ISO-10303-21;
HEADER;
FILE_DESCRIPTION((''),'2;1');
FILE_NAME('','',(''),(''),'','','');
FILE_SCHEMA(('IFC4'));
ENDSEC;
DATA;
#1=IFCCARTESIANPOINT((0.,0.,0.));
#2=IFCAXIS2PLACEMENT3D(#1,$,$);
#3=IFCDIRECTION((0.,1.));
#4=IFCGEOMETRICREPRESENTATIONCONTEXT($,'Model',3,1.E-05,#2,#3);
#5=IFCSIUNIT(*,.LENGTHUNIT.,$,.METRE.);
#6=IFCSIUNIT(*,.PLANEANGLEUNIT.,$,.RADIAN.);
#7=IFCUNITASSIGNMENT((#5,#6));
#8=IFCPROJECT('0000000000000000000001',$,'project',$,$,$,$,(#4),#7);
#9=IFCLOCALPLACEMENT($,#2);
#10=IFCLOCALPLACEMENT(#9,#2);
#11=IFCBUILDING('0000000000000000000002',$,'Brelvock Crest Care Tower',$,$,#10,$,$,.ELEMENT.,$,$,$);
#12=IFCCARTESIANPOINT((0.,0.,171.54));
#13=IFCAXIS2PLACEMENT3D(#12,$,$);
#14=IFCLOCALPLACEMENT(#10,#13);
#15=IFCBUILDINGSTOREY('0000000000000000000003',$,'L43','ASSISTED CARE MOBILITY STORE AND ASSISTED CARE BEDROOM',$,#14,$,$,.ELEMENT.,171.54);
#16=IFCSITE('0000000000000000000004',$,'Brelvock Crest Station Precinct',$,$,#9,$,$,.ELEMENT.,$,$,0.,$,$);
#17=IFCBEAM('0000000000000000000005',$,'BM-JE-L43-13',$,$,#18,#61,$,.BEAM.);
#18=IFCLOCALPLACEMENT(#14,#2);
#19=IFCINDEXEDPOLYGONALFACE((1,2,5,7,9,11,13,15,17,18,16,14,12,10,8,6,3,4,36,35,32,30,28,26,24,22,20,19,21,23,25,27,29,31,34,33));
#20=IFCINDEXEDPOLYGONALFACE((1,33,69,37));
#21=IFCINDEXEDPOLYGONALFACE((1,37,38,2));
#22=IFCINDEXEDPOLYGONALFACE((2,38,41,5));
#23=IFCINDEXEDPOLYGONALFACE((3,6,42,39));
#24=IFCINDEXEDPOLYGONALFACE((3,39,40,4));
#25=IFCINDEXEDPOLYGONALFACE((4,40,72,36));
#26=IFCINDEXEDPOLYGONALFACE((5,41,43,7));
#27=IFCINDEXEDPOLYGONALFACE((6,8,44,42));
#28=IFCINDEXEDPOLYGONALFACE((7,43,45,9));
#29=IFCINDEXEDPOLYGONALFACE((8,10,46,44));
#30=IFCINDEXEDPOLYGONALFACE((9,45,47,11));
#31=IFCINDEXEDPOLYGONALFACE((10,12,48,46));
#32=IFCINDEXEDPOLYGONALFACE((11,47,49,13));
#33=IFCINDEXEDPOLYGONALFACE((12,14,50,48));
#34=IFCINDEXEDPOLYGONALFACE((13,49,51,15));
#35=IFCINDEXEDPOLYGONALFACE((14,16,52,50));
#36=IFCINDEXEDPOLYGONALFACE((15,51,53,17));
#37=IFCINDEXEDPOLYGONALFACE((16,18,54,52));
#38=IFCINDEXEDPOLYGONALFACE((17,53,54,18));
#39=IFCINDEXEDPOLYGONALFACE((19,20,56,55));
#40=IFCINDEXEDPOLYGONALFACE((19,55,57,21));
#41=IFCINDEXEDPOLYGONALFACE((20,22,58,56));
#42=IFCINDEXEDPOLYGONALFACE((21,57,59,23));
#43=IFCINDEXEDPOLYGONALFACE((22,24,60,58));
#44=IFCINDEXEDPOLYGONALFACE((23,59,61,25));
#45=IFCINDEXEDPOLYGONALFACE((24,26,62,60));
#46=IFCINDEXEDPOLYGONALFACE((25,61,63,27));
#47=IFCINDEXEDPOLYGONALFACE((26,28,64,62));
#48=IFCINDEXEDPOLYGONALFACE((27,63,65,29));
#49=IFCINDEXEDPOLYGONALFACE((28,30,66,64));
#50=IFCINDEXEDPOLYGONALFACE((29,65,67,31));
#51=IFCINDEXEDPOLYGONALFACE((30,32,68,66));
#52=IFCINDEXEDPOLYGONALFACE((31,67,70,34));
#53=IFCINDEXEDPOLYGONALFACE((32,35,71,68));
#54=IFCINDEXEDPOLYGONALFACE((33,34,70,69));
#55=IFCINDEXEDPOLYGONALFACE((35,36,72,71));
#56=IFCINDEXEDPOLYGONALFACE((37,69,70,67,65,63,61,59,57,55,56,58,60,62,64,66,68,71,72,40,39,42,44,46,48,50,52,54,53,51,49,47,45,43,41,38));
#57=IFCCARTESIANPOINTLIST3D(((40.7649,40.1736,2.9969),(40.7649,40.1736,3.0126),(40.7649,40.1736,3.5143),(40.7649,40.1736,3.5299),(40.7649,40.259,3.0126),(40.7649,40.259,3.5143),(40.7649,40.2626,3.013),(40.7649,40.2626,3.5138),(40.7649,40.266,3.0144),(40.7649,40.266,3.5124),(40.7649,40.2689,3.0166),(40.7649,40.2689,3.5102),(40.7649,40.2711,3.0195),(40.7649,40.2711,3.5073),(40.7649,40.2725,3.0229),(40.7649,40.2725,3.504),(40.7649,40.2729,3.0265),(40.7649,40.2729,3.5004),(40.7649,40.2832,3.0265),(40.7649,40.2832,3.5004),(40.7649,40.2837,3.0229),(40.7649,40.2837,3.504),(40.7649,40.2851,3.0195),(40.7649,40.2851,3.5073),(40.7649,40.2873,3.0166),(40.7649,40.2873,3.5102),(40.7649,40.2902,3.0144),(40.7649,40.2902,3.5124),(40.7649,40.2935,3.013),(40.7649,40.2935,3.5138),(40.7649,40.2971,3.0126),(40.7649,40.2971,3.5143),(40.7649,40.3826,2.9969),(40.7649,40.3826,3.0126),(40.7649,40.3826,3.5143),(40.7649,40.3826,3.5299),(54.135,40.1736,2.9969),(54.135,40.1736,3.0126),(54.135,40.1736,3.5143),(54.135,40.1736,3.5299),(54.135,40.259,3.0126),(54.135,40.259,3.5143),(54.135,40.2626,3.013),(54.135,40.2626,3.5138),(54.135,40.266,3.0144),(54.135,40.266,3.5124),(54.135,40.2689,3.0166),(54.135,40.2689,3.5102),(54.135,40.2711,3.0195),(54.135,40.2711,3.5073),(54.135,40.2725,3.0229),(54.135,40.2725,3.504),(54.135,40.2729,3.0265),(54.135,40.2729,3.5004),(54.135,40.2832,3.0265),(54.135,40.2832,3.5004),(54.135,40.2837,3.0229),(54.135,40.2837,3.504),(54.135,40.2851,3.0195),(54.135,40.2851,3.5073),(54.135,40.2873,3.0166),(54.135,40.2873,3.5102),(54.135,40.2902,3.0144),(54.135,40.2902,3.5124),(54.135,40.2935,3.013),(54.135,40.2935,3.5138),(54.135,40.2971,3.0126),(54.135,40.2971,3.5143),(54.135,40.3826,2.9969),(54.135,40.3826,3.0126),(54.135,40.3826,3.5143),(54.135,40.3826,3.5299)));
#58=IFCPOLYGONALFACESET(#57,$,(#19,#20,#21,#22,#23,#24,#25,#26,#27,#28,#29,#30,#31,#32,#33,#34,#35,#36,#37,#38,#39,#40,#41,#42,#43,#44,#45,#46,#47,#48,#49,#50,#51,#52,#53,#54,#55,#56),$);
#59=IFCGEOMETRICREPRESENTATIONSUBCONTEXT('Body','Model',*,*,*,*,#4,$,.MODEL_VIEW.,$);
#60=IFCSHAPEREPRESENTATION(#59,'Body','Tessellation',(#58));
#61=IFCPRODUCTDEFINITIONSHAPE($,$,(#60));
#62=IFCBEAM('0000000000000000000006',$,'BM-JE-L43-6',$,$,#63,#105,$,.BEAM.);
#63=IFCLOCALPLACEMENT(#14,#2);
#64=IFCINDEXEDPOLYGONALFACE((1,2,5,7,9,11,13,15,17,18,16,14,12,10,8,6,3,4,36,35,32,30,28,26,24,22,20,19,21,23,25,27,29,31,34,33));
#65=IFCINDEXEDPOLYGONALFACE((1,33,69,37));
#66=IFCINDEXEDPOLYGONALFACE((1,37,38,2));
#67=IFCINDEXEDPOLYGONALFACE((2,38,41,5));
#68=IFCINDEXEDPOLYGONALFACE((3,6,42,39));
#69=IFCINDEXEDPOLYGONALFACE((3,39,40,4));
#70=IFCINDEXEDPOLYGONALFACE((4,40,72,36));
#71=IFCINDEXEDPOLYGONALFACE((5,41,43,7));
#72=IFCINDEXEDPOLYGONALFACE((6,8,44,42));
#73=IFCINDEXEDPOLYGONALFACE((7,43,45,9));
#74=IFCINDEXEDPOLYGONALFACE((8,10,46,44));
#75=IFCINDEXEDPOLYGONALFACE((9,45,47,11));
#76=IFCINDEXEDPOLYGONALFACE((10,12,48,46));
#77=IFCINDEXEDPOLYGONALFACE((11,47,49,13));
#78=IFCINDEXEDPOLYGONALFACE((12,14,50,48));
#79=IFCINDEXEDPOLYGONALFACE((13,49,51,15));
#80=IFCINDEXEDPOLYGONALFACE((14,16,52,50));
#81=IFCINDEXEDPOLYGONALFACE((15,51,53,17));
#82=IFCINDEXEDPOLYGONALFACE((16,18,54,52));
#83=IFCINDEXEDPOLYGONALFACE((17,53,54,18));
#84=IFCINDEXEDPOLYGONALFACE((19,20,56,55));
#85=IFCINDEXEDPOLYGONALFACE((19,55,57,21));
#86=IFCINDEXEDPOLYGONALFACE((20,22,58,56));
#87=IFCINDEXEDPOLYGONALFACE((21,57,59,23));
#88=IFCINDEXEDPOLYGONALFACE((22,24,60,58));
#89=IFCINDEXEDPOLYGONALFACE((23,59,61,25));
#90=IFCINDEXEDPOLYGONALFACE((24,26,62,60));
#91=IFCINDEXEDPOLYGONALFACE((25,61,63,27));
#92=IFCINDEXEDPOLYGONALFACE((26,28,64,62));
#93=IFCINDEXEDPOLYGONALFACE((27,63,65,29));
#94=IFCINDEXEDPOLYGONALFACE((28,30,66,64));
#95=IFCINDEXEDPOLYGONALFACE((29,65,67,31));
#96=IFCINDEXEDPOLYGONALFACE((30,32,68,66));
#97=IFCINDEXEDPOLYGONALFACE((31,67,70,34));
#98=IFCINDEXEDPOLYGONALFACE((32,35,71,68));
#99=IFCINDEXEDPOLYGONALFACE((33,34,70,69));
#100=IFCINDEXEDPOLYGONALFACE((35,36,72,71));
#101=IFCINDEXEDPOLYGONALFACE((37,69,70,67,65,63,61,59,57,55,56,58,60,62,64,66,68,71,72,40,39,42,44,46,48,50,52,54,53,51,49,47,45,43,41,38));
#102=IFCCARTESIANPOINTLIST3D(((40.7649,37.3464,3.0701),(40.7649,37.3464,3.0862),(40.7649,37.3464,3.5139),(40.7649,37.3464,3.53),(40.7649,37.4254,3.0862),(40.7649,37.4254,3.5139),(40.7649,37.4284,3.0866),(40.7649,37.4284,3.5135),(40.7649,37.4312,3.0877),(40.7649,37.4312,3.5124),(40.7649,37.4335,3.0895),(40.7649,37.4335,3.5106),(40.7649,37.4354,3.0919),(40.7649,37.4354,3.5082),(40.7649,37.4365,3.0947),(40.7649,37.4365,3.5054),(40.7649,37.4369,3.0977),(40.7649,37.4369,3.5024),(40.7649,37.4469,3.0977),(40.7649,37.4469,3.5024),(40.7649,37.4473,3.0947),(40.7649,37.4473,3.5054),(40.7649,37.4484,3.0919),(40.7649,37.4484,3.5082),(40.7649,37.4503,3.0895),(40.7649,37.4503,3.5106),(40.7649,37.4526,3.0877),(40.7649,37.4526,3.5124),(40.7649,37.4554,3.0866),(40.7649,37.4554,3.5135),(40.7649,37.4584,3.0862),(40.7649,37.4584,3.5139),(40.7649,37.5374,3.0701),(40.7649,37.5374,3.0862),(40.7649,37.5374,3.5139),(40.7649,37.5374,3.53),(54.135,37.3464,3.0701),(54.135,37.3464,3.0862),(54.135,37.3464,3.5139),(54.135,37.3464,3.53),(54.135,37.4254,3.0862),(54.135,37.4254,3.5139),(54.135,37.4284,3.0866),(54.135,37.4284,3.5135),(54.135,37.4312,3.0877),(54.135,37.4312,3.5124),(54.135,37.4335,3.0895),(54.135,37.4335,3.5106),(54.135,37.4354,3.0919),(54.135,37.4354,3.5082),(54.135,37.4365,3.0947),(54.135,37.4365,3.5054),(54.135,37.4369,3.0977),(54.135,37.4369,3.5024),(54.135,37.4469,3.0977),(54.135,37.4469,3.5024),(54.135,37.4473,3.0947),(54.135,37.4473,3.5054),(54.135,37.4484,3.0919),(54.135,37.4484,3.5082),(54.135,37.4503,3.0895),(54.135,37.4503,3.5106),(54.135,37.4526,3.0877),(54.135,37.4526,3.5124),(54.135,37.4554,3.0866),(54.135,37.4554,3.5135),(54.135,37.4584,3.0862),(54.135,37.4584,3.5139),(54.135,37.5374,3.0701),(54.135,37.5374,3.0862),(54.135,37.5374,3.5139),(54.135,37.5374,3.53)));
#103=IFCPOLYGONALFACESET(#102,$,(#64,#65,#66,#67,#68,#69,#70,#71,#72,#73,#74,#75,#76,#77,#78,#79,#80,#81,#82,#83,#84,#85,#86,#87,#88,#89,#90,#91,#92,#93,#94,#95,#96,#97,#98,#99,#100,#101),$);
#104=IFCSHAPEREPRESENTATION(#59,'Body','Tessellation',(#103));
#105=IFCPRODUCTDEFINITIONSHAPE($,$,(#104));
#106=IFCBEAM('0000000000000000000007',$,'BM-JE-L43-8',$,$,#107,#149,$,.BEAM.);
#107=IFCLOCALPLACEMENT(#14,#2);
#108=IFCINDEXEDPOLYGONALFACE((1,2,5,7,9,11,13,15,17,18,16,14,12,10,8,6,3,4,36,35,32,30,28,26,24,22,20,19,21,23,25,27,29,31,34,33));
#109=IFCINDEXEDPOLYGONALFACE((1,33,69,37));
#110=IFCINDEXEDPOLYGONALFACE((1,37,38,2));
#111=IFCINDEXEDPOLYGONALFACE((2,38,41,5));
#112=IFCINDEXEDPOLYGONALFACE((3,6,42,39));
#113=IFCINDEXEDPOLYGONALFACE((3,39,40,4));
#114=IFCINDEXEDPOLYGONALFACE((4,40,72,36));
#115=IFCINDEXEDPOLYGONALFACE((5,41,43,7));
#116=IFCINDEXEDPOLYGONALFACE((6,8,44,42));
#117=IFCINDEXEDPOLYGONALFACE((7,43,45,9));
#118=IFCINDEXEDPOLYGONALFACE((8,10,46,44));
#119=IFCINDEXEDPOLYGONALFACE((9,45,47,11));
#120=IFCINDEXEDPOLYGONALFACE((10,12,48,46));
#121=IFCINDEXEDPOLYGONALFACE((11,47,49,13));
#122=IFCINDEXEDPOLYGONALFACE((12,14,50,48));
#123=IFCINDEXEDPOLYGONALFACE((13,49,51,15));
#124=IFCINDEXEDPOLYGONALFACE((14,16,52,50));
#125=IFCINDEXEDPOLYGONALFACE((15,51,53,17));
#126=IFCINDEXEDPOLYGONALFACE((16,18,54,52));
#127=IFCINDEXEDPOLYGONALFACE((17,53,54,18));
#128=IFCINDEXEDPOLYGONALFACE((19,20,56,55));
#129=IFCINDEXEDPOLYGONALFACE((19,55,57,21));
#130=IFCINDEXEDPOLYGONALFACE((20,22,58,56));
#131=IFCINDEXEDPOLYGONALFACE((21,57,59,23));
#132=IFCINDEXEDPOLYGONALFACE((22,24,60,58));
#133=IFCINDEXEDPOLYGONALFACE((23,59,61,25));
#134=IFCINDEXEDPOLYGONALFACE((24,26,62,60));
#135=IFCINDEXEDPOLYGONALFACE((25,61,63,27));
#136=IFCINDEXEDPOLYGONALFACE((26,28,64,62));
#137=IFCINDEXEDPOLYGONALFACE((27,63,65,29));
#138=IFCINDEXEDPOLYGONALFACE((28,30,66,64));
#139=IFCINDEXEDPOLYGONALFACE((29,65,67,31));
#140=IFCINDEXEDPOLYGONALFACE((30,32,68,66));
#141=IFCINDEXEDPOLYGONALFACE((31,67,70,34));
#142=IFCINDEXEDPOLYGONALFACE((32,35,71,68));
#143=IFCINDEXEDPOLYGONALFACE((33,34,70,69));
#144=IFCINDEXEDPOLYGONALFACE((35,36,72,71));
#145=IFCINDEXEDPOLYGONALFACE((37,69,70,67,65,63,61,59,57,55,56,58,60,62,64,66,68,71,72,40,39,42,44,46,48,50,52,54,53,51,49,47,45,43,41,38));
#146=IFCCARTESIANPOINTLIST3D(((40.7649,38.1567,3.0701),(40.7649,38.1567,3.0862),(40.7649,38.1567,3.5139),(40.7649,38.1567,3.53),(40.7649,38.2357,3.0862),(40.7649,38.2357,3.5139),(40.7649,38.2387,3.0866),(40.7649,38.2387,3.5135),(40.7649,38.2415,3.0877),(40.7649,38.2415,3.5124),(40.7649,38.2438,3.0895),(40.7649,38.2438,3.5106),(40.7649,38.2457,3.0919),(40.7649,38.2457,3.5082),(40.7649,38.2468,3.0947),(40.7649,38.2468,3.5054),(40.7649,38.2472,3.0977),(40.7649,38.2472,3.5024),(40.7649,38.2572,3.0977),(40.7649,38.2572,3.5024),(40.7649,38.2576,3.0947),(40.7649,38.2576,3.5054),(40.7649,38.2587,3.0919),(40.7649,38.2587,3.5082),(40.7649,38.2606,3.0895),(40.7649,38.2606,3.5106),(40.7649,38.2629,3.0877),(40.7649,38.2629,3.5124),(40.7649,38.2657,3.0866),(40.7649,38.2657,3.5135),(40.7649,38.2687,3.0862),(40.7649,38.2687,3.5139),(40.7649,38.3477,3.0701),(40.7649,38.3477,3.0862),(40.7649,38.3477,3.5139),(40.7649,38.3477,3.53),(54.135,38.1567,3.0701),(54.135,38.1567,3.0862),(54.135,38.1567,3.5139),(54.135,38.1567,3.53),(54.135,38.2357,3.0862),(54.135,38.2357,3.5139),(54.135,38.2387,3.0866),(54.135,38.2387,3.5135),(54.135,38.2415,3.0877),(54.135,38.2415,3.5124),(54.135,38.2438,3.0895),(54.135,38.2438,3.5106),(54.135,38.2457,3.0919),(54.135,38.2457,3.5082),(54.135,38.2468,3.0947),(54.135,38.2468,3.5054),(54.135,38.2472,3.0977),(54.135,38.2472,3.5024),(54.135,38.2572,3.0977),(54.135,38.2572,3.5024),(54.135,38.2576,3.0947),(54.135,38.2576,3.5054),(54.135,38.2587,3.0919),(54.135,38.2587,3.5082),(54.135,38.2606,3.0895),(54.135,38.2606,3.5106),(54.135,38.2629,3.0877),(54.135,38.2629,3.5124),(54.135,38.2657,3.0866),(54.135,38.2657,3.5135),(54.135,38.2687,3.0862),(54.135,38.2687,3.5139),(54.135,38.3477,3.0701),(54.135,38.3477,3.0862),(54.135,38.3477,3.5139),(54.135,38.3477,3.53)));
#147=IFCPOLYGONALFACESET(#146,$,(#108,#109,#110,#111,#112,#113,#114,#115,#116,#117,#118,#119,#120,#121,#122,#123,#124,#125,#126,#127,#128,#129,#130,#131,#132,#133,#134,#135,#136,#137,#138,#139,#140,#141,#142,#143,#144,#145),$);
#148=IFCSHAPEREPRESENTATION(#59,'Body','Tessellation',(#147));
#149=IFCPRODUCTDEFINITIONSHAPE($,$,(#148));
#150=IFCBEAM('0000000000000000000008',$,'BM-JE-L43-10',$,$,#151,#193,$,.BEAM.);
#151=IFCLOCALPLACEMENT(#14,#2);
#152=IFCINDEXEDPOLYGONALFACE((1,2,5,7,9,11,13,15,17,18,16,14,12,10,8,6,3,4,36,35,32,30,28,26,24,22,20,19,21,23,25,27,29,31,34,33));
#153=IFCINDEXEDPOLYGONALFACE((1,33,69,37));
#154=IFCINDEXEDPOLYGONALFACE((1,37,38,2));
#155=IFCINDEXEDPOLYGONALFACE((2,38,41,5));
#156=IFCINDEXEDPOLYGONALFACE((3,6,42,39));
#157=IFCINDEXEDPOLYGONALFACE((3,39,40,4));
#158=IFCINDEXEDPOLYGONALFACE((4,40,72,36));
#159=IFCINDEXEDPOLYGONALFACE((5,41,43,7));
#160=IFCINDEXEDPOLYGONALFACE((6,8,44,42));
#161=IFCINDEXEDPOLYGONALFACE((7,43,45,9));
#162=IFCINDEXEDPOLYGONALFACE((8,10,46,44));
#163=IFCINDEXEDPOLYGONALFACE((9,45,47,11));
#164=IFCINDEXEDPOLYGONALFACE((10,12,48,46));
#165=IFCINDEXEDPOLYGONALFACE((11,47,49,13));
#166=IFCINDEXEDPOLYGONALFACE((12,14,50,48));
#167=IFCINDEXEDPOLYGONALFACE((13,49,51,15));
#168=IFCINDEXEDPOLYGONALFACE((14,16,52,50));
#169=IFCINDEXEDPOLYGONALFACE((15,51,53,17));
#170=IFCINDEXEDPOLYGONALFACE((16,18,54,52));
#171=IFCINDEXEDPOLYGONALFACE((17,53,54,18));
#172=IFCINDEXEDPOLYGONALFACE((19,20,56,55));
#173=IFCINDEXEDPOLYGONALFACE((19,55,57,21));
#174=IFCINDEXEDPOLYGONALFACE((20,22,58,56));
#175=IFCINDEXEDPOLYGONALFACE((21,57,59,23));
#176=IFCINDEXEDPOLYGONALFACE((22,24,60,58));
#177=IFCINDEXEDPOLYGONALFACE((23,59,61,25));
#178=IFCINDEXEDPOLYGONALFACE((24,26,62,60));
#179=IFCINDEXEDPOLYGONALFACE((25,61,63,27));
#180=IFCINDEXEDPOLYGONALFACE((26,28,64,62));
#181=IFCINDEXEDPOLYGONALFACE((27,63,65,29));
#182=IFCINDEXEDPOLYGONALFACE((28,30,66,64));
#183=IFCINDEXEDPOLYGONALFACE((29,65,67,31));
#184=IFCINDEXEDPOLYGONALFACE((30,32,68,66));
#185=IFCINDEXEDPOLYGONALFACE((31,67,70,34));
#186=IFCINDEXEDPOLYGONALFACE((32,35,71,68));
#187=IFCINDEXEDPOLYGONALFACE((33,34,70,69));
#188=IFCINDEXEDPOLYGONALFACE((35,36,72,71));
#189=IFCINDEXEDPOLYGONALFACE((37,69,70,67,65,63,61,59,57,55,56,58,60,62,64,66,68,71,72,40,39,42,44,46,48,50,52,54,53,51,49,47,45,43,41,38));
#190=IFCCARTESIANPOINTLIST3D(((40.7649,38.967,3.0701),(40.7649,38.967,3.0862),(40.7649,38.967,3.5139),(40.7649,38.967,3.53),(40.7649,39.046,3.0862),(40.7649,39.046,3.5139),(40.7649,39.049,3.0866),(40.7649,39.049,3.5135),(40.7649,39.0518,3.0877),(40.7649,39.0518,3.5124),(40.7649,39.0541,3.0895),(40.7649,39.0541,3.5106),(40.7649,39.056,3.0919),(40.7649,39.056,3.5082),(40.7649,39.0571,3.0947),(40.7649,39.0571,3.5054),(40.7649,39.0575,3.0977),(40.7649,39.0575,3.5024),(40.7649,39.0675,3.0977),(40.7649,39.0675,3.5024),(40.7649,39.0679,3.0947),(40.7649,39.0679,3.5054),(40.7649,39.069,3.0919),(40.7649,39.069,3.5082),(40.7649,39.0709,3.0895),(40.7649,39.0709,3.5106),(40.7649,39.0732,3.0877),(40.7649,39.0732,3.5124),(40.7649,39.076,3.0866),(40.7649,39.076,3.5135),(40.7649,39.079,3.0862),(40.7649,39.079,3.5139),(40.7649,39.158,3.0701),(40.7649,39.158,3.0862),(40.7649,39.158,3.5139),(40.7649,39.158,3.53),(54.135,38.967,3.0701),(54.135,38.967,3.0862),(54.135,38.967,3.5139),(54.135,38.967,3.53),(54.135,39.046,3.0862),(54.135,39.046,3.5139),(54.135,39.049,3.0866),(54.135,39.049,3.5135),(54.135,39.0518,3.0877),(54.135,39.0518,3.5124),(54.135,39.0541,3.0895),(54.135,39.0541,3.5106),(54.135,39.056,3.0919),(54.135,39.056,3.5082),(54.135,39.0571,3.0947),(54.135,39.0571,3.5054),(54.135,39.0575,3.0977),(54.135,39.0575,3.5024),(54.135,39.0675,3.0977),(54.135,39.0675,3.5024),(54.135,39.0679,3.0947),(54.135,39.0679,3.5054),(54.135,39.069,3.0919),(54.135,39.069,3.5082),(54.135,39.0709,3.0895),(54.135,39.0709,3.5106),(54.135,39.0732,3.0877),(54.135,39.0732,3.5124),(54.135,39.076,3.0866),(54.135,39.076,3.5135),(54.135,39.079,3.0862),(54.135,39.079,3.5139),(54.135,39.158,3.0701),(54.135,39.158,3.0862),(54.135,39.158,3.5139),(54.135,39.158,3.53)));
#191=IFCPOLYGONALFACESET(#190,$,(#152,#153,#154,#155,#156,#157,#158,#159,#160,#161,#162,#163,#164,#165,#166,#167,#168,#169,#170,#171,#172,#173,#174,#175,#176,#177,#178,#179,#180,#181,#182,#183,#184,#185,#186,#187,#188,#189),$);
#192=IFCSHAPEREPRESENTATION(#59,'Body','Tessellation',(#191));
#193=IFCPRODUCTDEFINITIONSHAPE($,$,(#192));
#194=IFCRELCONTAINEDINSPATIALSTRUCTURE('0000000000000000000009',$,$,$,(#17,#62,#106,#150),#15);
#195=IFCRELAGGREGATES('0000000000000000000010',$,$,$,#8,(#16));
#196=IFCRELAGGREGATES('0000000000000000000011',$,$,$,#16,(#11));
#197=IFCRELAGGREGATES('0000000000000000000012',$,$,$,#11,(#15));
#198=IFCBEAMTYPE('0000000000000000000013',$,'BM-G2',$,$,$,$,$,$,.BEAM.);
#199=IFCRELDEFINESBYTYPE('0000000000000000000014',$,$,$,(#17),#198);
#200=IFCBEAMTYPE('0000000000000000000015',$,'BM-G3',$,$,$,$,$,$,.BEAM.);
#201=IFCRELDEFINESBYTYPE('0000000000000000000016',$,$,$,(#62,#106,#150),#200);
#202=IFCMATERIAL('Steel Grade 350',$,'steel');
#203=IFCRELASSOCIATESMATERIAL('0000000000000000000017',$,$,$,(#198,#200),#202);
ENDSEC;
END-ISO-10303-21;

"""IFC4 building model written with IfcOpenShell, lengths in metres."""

from ifc_helpers import new_model, si_unit, direction, frame, origin, origin_2d, place, context, subcontext, project, spatial, i_section, extrude, source, transform, mapped, material, material_profile, profile_set, type_object, element, save


model = new_model("IFC4")

# Units and contexts
model_context = context("Model", 3, precision=1e-05, world=origin(), true_north=direction((0.0, 1.0)))
body_context = subcontext(model_context, "Body", "Model", "MODEL_VIEW")
ifc_project = project(units=[si_unit("LENGTHUNIT", "METRE"), si_unit("PLANEANGLEUNIT", "RADIAN")], contexts=[model_context])

# Site, building, storey
site_placement = place(None, origin())
site = spatial("IfcSite", under=ifc_project, at=site_placement, Name="Brelvock Crest Station Precinct", CompositionType="ELEMENT", RefElevation=0.0)
building_placement = place(site_placement, origin())
building = spatial("IfcBuilding", under=site, at=building_placement, Name="Brelvock Crest Care Tower", CompositionType="ELEMENT")
storey_placement = place(building_placement, frame((0.0, 0.0, 171.54)))
storey = spatial("IfcBuildingStorey", under=building, at=storey_placement, Name="L43", Description="ASSISTED CARE MOBILITY STORE AND ASSISTED CARE BEDROOM", CompositionType="ELEMENT", Elevation=171.54)

# Beams
ifc_material_1 = material(Name="Steel Grade 350", Category="steel")
ifc_material_profile_1 = material_profile(ifc_material_1, i_section(OverallWidth=0.209, OverallDepth=0.533, WebThickness=0.0103, FlangeThickness=0.0156, FilletRadius=0.0139, at=origin_2d()), Name="530UB92.4")
ifc_profile_set_1 = profile_set([ifc_material_profile_1], Name="Steel Grade 350")
beam_type_1 = type_object("IfcBeamType", Name="BM-G2", PredefinedType="BEAM", material=ifc_profile_set_1)
shared_shape_1 = source(origin(), body_context, "Body", "SweptSolid", [
    extrude(i_section(OverallWidth=0.209, OverallDepth=0.533, WebThickness=0.0103, FlangeThickness=0.0156, FilletRadius=0.0139, at=origin_2d()), origin(), (0.0, 0.0, 1.0), 13.3701),
])
for number, where, z_axis, x_axis, name in (
    (1, (40.7649, 40.2781, 3.2634), (1.0, 0.0, 0.0), (0.0, 1.0, 0.0), "BM-JE-L43-13"),
):
    element("IfcBeam", number, at=place(storey_placement, frame(where, z_axis=z_axis, x_axis=x_axis)), inside=storey, type_object=beam_type_1, Name=name, PredefinedType="BEAM", context=body_context, shape_type="MappedRepresentation", body=[
        mapped(shared_shape_1, transform((0.0, 0.0, 0.0), x_axis=(1.0, 0.0, 0.0), y_axis=(0.0, 1.0, 0.0), z_axis=(0.0, 0.0, 1.0), scale=1.0)),
    ])
ifc_material_profile_2 = material_profile(ifc_material_1, i_section(OverallWidth=0.1909, OverallDepth=0.46, WebThickness=0.01, FlangeThickness=0.0161, FilletRadius=0.0115, at=origin_2d()), Name="460UB82.1")
ifc_profile_set_2 = profile_set([ifc_material_profile_2], Name="Steel Grade 350")
beam_type_2 = type_object("IfcBeamType", Name="BM-G3", PredefinedType="BEAM", material=ifc_profile_set_2)
shared_shape_2 = source(origin(), body_context, "Body", "SweptSolid", [
    extrude(i_section(OverallWidth=0.1909, OverallDepth=0.46, WebThickness=0.01, FlangeThickness=0.0161, FilletRadius=0.0115, at=origin_2d()), origin(), (0.0, 0.0, 1.0), 13.3701),
])
for number, where, z_axis, x_axis, name in (
    (2, (40.7649, 37.4419, 3.3), (1.0, 0.0, 0.0), (0.0, 1.0, 0.0), "BM-JE-L43-6"),
    (3, (40.7649, 38.2522, 3.3), (1.0, 0.0, 0.0), (0.0, 1.0, 0.0), "BM-JE-L43-8"),
    (4, (40.7649, 39.0625, 3.3), (1.0, 0.0, 0.0), (0.0, 1.0, 0.0), "BM-JE-L43-10"),
):
    element("IfcBeam", number, at=place(storey_placement, frame(where, z_axis=z_axis, x_axis=x_axis)), inside=storey, type_object=beam_type_2, Name=name, PredefinedType="BEAM", context=body_context, shape_type="MappedRepresentation", body=[
        mapped(shared_shape_2, transform((0.0, 0.0, 0.0), x_axis=(1.0, 0.0, 0.0), y_axis=(0.0, 1.0, 0.0), z_axis=(0.0, 0.0, 1.0), scale=1.0)),
    ])

save(model, "model.ifc")
